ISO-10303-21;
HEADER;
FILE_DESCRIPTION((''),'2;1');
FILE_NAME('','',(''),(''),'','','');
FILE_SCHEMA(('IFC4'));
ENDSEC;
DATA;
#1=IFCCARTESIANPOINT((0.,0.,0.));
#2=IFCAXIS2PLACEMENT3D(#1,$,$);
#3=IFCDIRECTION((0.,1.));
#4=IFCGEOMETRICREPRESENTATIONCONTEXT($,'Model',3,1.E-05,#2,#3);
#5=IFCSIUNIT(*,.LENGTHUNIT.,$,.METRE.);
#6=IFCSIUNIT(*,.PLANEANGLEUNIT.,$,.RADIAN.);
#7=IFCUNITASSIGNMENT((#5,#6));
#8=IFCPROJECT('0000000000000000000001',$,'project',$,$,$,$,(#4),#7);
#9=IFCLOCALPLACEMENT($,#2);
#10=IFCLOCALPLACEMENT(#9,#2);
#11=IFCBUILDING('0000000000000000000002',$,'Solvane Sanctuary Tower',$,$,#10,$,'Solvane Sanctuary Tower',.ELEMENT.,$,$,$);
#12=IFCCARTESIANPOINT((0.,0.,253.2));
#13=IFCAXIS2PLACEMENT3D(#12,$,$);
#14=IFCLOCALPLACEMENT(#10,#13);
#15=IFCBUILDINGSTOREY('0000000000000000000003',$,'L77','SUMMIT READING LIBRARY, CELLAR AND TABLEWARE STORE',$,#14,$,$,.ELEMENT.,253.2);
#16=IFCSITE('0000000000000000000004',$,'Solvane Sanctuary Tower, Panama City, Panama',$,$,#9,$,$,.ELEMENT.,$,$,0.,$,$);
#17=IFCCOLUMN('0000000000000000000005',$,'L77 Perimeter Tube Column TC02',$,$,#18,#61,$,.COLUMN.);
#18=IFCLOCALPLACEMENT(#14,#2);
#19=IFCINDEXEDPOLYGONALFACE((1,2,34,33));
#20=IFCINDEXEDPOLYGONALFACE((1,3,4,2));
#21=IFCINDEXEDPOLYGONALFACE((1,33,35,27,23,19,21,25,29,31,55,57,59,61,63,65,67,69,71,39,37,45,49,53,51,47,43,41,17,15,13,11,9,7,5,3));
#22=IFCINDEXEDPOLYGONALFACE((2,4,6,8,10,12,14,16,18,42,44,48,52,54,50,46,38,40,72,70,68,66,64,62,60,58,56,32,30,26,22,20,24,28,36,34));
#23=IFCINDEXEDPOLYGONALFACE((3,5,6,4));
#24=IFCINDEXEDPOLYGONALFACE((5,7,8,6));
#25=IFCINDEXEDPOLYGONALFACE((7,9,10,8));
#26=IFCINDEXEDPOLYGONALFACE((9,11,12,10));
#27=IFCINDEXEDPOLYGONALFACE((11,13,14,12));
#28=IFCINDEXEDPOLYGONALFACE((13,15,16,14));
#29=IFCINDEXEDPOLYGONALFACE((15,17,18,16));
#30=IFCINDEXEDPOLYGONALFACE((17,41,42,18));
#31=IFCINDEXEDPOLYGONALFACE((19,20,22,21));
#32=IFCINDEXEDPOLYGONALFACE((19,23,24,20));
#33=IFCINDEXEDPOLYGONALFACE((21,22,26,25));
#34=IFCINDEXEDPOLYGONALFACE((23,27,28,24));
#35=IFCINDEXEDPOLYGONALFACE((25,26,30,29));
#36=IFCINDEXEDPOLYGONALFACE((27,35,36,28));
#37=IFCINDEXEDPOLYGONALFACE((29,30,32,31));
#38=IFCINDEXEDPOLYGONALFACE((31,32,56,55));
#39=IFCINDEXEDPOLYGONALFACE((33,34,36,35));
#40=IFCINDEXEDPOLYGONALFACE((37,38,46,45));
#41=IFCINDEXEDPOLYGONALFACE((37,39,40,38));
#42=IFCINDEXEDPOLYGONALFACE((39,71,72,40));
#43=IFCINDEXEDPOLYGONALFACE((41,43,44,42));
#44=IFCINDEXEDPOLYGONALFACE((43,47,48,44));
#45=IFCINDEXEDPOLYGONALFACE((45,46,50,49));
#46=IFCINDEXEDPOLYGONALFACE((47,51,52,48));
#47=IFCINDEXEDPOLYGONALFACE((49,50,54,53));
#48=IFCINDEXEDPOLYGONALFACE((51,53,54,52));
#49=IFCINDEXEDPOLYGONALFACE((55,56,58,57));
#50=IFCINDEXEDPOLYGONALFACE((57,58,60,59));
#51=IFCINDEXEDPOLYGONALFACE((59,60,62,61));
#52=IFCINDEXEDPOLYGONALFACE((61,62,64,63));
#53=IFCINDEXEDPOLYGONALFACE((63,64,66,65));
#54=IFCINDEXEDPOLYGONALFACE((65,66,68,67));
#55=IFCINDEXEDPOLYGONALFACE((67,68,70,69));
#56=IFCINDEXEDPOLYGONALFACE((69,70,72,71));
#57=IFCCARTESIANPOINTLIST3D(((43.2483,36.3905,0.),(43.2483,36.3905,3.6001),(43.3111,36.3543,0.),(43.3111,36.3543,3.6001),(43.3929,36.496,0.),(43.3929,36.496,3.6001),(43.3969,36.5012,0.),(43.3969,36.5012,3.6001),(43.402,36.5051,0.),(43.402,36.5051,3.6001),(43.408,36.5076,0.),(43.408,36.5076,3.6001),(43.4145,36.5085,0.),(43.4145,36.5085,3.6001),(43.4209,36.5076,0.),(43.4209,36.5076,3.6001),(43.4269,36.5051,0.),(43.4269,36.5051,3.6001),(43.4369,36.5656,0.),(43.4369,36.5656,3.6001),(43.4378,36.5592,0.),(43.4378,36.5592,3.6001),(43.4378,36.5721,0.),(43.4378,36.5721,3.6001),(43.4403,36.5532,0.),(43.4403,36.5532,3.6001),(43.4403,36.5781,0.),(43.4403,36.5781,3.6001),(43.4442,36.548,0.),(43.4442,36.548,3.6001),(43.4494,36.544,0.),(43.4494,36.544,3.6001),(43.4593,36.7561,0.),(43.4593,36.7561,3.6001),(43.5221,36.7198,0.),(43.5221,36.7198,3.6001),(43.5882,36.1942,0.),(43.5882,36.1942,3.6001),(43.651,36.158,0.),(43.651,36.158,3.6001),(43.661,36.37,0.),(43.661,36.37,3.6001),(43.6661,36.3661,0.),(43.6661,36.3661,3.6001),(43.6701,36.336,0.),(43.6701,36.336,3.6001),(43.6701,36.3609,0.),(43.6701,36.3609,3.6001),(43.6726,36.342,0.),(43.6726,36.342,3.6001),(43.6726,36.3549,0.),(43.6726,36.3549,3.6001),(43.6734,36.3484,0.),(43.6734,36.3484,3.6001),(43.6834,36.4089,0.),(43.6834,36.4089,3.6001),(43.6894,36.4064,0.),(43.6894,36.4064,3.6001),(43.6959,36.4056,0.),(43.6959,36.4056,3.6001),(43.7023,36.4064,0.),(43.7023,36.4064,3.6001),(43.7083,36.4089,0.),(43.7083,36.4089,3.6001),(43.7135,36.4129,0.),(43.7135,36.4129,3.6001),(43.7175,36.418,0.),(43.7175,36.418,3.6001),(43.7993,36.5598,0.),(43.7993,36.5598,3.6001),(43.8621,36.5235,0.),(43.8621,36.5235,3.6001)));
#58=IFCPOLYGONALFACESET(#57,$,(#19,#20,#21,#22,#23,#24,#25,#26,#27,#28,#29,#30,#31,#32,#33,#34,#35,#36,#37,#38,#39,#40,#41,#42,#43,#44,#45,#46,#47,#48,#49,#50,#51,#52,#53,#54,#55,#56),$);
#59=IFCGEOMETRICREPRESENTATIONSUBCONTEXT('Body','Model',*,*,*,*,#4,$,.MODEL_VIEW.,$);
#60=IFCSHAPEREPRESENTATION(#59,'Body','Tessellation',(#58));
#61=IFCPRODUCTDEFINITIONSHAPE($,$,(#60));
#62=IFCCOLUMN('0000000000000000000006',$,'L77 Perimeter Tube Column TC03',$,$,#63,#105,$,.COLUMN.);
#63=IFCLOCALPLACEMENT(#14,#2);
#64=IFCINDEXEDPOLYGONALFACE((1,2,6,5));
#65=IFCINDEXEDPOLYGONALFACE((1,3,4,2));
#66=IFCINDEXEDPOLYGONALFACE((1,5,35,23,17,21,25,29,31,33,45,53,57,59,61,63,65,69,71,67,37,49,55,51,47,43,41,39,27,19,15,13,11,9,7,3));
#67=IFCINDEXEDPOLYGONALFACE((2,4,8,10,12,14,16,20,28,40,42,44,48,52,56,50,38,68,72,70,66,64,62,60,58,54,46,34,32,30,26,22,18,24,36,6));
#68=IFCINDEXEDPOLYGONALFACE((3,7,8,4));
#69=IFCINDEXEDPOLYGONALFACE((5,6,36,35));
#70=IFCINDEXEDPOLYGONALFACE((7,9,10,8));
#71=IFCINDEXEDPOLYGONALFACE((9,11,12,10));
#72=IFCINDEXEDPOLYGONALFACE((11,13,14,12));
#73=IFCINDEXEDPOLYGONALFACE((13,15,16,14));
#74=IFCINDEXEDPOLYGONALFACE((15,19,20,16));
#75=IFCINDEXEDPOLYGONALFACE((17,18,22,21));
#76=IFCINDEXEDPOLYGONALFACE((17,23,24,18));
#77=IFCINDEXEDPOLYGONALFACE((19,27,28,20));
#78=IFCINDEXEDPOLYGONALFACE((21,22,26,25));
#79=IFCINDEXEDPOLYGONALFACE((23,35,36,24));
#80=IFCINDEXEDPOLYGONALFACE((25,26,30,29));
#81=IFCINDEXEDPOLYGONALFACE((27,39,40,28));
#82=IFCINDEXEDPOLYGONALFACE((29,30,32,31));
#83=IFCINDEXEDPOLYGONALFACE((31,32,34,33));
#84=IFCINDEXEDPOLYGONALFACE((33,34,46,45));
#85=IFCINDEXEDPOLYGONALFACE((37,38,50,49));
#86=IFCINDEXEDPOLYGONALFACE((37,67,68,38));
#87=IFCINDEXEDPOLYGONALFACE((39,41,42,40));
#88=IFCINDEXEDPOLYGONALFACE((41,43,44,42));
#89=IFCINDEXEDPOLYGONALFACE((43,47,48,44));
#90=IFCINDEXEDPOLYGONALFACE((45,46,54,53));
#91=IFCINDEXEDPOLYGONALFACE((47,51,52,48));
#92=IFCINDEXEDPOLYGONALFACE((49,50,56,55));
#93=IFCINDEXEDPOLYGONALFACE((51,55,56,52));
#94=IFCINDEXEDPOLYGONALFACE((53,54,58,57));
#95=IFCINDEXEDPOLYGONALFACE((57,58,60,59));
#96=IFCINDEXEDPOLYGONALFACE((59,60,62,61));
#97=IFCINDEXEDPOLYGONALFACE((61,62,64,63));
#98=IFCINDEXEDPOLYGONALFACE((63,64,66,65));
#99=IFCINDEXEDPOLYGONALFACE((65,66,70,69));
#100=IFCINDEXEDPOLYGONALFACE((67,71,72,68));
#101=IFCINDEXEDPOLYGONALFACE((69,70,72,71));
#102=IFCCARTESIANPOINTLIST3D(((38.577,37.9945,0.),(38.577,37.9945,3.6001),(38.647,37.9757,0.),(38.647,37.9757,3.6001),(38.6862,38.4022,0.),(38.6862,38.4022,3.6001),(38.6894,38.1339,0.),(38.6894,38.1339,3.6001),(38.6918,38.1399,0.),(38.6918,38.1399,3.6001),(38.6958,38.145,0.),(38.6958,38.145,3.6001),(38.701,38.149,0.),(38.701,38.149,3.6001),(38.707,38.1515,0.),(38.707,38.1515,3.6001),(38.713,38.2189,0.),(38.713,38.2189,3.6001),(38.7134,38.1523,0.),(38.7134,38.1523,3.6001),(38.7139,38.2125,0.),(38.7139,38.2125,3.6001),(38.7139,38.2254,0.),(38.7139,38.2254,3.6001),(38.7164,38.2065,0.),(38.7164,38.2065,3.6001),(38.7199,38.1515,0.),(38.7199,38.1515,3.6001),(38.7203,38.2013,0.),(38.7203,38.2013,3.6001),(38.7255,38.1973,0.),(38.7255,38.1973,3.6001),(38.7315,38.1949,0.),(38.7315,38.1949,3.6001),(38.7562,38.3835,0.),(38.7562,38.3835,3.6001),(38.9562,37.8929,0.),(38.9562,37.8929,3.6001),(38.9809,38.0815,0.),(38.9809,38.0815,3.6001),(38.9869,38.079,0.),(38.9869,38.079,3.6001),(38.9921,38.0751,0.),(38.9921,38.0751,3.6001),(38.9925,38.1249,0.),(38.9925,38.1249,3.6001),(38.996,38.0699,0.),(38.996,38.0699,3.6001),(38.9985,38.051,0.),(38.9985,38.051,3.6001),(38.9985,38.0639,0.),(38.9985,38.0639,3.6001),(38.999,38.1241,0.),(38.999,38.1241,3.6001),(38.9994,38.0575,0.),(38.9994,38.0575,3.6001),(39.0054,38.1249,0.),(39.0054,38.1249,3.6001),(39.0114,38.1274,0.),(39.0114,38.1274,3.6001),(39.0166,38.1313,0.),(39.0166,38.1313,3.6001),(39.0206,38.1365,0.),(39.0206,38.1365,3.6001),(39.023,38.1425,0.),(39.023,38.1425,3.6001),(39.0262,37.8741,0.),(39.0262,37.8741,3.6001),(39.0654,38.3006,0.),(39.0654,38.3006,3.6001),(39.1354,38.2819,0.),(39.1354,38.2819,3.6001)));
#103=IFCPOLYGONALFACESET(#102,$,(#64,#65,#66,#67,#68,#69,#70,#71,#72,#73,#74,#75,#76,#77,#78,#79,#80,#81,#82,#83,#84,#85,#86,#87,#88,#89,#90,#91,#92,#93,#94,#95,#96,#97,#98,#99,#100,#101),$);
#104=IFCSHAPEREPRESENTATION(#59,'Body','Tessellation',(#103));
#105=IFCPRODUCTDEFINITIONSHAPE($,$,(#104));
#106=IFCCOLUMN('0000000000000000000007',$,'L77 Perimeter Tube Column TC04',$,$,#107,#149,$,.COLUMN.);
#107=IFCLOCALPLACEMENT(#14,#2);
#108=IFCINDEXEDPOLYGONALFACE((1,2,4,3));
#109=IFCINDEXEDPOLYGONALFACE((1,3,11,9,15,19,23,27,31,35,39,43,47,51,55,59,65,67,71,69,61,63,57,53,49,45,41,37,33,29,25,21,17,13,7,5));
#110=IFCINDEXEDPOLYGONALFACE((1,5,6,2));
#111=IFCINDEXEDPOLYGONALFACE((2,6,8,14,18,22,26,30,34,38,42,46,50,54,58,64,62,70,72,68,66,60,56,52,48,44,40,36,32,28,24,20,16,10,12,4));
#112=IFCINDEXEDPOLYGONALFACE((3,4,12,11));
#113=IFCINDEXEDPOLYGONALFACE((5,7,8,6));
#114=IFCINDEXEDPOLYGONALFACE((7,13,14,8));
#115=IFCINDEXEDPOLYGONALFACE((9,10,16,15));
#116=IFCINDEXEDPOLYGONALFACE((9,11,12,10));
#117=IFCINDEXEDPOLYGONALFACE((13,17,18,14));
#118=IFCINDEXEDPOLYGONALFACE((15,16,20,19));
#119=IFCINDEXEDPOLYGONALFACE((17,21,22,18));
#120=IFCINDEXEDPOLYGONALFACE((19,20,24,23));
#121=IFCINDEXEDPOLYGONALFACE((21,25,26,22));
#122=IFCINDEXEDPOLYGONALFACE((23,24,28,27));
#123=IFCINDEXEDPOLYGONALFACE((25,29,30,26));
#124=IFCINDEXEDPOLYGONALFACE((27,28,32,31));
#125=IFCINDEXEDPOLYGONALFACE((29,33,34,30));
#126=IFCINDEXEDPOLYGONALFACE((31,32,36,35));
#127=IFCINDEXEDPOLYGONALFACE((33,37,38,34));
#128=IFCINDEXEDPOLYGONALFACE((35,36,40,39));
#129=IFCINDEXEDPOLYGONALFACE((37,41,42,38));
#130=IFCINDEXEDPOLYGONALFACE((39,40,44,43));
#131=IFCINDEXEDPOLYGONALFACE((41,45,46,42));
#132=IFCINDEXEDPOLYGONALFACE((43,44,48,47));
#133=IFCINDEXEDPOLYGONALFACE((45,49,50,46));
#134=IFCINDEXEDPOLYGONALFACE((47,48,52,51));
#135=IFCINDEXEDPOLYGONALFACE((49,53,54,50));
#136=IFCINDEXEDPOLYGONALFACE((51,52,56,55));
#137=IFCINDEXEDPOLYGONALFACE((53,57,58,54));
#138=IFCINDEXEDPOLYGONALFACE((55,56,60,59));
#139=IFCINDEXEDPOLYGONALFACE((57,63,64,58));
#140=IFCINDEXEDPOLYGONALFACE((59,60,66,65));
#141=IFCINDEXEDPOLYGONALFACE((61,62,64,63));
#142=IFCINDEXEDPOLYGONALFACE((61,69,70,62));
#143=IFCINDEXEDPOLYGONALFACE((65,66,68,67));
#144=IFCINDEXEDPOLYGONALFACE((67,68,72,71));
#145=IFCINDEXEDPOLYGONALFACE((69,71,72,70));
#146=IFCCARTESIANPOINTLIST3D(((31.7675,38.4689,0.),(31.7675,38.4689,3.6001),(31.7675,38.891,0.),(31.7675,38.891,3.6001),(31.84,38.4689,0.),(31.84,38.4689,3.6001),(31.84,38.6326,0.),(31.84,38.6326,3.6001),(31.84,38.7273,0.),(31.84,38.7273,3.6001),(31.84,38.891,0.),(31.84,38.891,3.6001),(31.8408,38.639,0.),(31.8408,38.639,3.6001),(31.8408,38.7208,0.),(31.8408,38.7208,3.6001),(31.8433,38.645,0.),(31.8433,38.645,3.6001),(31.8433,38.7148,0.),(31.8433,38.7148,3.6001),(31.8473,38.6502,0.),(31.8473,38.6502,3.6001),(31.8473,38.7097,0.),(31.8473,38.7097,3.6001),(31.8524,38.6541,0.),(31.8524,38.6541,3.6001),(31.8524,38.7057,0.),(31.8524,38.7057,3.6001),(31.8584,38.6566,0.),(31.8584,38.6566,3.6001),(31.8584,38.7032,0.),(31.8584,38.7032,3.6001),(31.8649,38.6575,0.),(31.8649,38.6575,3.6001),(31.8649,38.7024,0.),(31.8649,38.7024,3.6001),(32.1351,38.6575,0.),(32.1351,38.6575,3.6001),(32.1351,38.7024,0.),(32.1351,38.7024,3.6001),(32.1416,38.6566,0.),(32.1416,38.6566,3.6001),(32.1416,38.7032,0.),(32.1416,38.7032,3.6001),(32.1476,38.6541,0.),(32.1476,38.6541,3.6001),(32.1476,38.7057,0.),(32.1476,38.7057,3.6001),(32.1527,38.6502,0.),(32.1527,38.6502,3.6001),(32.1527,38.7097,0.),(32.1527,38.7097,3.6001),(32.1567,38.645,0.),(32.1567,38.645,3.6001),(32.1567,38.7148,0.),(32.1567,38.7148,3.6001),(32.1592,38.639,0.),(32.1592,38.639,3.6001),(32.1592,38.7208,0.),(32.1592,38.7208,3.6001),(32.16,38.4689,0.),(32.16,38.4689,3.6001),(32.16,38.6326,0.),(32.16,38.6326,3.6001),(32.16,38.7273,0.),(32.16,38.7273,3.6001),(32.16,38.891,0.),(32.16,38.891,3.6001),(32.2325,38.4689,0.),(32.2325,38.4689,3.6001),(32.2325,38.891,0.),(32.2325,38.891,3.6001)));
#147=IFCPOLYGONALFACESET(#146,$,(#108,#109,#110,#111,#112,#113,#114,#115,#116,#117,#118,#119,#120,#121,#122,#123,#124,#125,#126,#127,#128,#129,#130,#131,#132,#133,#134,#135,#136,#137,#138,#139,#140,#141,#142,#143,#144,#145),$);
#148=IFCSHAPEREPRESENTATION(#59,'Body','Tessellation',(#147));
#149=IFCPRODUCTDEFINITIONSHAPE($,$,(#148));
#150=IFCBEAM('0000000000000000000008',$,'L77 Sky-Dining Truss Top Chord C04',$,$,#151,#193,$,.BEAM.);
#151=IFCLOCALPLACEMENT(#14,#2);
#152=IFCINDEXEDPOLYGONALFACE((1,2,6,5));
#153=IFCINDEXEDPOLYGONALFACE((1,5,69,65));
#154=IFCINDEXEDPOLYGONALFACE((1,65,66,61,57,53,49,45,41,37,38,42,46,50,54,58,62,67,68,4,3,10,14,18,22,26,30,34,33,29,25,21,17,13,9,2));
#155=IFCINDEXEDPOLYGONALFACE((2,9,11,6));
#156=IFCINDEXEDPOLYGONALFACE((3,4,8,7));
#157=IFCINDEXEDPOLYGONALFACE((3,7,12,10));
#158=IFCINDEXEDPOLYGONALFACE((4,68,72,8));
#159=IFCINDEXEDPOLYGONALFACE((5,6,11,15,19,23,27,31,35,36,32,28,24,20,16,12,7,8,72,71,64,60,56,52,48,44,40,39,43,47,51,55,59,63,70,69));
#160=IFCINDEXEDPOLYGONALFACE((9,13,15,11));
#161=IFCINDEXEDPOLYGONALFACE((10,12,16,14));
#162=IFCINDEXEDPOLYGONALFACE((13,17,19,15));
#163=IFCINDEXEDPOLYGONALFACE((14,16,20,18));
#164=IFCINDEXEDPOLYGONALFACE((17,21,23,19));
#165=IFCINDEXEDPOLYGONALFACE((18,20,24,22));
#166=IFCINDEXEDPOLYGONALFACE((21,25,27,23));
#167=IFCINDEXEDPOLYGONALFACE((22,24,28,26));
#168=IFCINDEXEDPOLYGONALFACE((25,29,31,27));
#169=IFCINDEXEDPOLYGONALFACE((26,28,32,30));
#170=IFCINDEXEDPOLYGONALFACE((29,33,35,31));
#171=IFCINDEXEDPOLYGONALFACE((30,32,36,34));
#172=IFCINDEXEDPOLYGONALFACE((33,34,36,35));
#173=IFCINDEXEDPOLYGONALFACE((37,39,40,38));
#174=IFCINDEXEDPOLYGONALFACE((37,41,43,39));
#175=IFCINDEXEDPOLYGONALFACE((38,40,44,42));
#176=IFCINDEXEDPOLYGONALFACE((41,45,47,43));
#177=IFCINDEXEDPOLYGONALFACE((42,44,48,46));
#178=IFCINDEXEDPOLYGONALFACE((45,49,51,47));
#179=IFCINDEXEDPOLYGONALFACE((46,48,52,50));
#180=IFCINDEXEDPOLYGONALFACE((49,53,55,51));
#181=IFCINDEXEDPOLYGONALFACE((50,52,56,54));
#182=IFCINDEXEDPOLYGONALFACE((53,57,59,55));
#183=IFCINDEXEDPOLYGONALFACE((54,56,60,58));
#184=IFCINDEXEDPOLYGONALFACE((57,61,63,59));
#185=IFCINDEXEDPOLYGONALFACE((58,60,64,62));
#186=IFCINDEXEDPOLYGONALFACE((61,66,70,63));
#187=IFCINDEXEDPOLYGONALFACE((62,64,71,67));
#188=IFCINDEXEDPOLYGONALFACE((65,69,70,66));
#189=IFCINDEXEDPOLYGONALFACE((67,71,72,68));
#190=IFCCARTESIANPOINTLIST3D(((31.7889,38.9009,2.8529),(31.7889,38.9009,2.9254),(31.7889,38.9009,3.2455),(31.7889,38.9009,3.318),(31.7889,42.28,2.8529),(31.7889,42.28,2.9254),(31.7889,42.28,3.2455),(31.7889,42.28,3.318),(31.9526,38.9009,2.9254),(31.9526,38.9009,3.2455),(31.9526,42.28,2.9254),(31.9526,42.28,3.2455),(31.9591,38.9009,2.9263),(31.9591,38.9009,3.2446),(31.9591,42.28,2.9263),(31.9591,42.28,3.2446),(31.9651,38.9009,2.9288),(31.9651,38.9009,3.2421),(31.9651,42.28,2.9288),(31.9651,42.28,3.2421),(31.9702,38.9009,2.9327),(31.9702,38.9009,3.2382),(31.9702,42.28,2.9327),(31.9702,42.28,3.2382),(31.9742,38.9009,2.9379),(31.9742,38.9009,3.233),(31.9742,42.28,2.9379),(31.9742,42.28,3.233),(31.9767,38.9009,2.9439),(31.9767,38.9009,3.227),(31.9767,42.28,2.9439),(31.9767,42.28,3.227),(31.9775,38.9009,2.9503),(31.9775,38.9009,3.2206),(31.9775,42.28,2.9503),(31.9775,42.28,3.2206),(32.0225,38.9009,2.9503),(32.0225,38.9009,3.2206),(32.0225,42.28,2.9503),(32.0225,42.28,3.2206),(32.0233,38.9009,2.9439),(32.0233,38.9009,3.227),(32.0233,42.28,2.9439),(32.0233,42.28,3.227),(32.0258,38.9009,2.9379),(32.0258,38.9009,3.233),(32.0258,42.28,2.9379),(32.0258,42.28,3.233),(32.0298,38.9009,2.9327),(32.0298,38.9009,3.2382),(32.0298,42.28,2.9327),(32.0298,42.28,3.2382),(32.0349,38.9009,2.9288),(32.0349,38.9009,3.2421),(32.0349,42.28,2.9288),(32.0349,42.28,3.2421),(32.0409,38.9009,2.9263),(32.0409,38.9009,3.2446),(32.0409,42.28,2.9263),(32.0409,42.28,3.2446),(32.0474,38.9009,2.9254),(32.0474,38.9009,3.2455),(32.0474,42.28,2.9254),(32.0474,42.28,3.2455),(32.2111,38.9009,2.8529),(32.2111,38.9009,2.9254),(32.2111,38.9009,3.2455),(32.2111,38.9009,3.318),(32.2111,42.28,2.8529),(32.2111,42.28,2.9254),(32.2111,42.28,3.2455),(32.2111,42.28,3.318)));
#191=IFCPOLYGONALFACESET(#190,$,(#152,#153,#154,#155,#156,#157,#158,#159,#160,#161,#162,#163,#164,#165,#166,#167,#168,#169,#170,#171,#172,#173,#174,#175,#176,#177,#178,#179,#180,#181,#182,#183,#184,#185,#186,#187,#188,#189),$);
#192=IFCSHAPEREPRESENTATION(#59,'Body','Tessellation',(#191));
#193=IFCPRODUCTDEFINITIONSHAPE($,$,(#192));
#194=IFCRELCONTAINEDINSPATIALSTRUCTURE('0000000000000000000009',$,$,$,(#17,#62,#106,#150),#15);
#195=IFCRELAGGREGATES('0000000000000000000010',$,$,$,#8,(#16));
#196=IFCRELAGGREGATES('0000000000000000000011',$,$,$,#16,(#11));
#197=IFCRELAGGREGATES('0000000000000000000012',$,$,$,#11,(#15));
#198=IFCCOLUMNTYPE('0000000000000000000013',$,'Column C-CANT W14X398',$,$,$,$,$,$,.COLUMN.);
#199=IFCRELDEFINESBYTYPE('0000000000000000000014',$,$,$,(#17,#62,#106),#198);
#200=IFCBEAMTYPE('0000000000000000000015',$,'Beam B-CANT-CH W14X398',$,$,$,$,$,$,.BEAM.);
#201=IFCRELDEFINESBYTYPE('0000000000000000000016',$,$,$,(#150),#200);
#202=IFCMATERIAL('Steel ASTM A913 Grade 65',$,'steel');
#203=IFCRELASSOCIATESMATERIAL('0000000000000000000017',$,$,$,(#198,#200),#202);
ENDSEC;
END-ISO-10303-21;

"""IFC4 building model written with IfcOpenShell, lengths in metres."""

from ifc_helpers import new_model, si_unit, direction, frame, origin, origin_2d, place, context, subcontext, project, spatial, i_section, extrude, material, material_profile, profile_set, type_object, element, save


model = new_model("IFC4")

# Units and contexts
model_context = context("Model", 3, precision=1e-05, world=origin(), true_north=direction((0.0, 1.0)))
body_context = subcontext(model_context, "Body", "Model", "MODEL_VIEW")
ifc_project = project(units=[si_unit("LENGTHUNIT", "METRE"), si_unit("PLANEANGLEUNIT", "RADIAN")], contexts=[model_context])

# Site, building, storey
site_placement = place(None, origin())
site = spatial("IfcSite", under=ifc_project, at=site_placement, Name="Solvane Sanctuary Tower, Panama City, Panama", CompositionType="ELEMENT", RefElevation=0.0)
building_placement = place(site_placement, origin())
building = spatial("IfcBuilding", under=site, at=building_placement, Name="Solvane Sanctuary Tower", LongName="Solvane Sanctuary Tower", CompositionType="ELEMENT")
storey_placement = place(building_placement, frame((0.0, 0.0, 253.2)))
storey = spatial("IfcBuildingStorey", under=building, at=storey_placement, Name="L77", Description="SUMMIT READING LIBRARY, CELLAR AND TABLEWARE STORE", CompositionType="ELEMENT", Elevation=253.2)

# Columns
ifc_material_1 = material(Name="Steel ASTM A913 Grade 65", Category="steel")
ifc_material_profile_1 = material_profile(ifc_material_1, i_section(OverallWidth=0.4221, OverallDepth=0.4651, WebThickness=0.0449, FlangeThickness=0.0725, FilletRadius=0.0249, at=origin_2d()), Name="W14X398")
ifc_profile_set_1 = profile_set([ifc_material_profile_1], Name="Steel ASTM A913 Grade 65")
column_type = type_object("IfcColumnType", Name="Column C-CANT W14X398", PredefinedType="COLUMN", material=ifc_profile_set_1)
for number, where, z_axis, x_axis, name in (
    (1, (43.5552, 36.457, 0.0), (0.0, 0.0, 1.0), (0.5, 0.866025, 0.0), "L77 Perimeter Tube Column TC02"),
    (2, (38.8562, 38.1382, 0.0), (0.0, 0.0, 1.0), (0.258819, 0.965926, 0.0), "L77 Perimeter Tube Column TC03"),
    (3, (32.0, 38.6799, 0.0), (0.0, 0.0, 1.0), (0.0, 1.0, 0.0), "L77 Perimeter Tube Column TC04"),
):
    element("IfcColumn", number, at=place(storey_placement, frame(where, z_axis=z_axis, x_axis=x_axis)), inside=storey, type_object=column_type, Name=name, PredefinedType="COLUMN", context=body_context, shape_type="SweptSolid", body=[
        extrude(i_section(OverallWidth=0.4221, OverallDepth=0.4651, WebThickness=0.0449, FlangeThickness=0.0725, FilletRadius=0.0249, at=origin_2d()), origin(), (0.0, 0.0, 1.0), 3.6001),
    ])

# Beam
ifc_material_profile_2 = material_profile(ifc_material_1, i_section(OverallWidth=0.4221, OverallDepth=0.4651, WebThickness=0.0449, FlangeThickness=0.0725, FilletRadius=0.0249, at=origin_2d()), Name="W14X398")
ifc_profile_set_2 = profile_set([ifc_material_profile_2], Name="Steel ASTM A913 Grade 65")
beam_type_1 = type_object("IfcBeamType", Name="Beam B-CANT-CH W14X398", PredefinedType="BEAM", material=ifc_profile_set_2)
beam_1_placement = place(storey_placement, frame((32.0, 38.9009, 3.0854), z_axis=(0.0, 1.0, 0.0), x_axis=(-1.0, 0.0, 0.0)))
element("IfcBeam", 4, at=beam_1_placement, inside=storey, type_object=beam_type_1, Name="L77 Sky-Dining Truss Top Chord C04", PredefinedType="BEAM", context=body_context, shape_type="SweptSolid", body=[
    extrude(i_section(OverallWidth=0.4221, OverallDepth=0.4651, WebThickness=0.0449, FlangeThickness=0.0725, FilletRadius=0.0249, at=origin_2d()), origin(), (0.0, 0.0, 1.0), 3.3792),
])

save(model, "model.ifc")
